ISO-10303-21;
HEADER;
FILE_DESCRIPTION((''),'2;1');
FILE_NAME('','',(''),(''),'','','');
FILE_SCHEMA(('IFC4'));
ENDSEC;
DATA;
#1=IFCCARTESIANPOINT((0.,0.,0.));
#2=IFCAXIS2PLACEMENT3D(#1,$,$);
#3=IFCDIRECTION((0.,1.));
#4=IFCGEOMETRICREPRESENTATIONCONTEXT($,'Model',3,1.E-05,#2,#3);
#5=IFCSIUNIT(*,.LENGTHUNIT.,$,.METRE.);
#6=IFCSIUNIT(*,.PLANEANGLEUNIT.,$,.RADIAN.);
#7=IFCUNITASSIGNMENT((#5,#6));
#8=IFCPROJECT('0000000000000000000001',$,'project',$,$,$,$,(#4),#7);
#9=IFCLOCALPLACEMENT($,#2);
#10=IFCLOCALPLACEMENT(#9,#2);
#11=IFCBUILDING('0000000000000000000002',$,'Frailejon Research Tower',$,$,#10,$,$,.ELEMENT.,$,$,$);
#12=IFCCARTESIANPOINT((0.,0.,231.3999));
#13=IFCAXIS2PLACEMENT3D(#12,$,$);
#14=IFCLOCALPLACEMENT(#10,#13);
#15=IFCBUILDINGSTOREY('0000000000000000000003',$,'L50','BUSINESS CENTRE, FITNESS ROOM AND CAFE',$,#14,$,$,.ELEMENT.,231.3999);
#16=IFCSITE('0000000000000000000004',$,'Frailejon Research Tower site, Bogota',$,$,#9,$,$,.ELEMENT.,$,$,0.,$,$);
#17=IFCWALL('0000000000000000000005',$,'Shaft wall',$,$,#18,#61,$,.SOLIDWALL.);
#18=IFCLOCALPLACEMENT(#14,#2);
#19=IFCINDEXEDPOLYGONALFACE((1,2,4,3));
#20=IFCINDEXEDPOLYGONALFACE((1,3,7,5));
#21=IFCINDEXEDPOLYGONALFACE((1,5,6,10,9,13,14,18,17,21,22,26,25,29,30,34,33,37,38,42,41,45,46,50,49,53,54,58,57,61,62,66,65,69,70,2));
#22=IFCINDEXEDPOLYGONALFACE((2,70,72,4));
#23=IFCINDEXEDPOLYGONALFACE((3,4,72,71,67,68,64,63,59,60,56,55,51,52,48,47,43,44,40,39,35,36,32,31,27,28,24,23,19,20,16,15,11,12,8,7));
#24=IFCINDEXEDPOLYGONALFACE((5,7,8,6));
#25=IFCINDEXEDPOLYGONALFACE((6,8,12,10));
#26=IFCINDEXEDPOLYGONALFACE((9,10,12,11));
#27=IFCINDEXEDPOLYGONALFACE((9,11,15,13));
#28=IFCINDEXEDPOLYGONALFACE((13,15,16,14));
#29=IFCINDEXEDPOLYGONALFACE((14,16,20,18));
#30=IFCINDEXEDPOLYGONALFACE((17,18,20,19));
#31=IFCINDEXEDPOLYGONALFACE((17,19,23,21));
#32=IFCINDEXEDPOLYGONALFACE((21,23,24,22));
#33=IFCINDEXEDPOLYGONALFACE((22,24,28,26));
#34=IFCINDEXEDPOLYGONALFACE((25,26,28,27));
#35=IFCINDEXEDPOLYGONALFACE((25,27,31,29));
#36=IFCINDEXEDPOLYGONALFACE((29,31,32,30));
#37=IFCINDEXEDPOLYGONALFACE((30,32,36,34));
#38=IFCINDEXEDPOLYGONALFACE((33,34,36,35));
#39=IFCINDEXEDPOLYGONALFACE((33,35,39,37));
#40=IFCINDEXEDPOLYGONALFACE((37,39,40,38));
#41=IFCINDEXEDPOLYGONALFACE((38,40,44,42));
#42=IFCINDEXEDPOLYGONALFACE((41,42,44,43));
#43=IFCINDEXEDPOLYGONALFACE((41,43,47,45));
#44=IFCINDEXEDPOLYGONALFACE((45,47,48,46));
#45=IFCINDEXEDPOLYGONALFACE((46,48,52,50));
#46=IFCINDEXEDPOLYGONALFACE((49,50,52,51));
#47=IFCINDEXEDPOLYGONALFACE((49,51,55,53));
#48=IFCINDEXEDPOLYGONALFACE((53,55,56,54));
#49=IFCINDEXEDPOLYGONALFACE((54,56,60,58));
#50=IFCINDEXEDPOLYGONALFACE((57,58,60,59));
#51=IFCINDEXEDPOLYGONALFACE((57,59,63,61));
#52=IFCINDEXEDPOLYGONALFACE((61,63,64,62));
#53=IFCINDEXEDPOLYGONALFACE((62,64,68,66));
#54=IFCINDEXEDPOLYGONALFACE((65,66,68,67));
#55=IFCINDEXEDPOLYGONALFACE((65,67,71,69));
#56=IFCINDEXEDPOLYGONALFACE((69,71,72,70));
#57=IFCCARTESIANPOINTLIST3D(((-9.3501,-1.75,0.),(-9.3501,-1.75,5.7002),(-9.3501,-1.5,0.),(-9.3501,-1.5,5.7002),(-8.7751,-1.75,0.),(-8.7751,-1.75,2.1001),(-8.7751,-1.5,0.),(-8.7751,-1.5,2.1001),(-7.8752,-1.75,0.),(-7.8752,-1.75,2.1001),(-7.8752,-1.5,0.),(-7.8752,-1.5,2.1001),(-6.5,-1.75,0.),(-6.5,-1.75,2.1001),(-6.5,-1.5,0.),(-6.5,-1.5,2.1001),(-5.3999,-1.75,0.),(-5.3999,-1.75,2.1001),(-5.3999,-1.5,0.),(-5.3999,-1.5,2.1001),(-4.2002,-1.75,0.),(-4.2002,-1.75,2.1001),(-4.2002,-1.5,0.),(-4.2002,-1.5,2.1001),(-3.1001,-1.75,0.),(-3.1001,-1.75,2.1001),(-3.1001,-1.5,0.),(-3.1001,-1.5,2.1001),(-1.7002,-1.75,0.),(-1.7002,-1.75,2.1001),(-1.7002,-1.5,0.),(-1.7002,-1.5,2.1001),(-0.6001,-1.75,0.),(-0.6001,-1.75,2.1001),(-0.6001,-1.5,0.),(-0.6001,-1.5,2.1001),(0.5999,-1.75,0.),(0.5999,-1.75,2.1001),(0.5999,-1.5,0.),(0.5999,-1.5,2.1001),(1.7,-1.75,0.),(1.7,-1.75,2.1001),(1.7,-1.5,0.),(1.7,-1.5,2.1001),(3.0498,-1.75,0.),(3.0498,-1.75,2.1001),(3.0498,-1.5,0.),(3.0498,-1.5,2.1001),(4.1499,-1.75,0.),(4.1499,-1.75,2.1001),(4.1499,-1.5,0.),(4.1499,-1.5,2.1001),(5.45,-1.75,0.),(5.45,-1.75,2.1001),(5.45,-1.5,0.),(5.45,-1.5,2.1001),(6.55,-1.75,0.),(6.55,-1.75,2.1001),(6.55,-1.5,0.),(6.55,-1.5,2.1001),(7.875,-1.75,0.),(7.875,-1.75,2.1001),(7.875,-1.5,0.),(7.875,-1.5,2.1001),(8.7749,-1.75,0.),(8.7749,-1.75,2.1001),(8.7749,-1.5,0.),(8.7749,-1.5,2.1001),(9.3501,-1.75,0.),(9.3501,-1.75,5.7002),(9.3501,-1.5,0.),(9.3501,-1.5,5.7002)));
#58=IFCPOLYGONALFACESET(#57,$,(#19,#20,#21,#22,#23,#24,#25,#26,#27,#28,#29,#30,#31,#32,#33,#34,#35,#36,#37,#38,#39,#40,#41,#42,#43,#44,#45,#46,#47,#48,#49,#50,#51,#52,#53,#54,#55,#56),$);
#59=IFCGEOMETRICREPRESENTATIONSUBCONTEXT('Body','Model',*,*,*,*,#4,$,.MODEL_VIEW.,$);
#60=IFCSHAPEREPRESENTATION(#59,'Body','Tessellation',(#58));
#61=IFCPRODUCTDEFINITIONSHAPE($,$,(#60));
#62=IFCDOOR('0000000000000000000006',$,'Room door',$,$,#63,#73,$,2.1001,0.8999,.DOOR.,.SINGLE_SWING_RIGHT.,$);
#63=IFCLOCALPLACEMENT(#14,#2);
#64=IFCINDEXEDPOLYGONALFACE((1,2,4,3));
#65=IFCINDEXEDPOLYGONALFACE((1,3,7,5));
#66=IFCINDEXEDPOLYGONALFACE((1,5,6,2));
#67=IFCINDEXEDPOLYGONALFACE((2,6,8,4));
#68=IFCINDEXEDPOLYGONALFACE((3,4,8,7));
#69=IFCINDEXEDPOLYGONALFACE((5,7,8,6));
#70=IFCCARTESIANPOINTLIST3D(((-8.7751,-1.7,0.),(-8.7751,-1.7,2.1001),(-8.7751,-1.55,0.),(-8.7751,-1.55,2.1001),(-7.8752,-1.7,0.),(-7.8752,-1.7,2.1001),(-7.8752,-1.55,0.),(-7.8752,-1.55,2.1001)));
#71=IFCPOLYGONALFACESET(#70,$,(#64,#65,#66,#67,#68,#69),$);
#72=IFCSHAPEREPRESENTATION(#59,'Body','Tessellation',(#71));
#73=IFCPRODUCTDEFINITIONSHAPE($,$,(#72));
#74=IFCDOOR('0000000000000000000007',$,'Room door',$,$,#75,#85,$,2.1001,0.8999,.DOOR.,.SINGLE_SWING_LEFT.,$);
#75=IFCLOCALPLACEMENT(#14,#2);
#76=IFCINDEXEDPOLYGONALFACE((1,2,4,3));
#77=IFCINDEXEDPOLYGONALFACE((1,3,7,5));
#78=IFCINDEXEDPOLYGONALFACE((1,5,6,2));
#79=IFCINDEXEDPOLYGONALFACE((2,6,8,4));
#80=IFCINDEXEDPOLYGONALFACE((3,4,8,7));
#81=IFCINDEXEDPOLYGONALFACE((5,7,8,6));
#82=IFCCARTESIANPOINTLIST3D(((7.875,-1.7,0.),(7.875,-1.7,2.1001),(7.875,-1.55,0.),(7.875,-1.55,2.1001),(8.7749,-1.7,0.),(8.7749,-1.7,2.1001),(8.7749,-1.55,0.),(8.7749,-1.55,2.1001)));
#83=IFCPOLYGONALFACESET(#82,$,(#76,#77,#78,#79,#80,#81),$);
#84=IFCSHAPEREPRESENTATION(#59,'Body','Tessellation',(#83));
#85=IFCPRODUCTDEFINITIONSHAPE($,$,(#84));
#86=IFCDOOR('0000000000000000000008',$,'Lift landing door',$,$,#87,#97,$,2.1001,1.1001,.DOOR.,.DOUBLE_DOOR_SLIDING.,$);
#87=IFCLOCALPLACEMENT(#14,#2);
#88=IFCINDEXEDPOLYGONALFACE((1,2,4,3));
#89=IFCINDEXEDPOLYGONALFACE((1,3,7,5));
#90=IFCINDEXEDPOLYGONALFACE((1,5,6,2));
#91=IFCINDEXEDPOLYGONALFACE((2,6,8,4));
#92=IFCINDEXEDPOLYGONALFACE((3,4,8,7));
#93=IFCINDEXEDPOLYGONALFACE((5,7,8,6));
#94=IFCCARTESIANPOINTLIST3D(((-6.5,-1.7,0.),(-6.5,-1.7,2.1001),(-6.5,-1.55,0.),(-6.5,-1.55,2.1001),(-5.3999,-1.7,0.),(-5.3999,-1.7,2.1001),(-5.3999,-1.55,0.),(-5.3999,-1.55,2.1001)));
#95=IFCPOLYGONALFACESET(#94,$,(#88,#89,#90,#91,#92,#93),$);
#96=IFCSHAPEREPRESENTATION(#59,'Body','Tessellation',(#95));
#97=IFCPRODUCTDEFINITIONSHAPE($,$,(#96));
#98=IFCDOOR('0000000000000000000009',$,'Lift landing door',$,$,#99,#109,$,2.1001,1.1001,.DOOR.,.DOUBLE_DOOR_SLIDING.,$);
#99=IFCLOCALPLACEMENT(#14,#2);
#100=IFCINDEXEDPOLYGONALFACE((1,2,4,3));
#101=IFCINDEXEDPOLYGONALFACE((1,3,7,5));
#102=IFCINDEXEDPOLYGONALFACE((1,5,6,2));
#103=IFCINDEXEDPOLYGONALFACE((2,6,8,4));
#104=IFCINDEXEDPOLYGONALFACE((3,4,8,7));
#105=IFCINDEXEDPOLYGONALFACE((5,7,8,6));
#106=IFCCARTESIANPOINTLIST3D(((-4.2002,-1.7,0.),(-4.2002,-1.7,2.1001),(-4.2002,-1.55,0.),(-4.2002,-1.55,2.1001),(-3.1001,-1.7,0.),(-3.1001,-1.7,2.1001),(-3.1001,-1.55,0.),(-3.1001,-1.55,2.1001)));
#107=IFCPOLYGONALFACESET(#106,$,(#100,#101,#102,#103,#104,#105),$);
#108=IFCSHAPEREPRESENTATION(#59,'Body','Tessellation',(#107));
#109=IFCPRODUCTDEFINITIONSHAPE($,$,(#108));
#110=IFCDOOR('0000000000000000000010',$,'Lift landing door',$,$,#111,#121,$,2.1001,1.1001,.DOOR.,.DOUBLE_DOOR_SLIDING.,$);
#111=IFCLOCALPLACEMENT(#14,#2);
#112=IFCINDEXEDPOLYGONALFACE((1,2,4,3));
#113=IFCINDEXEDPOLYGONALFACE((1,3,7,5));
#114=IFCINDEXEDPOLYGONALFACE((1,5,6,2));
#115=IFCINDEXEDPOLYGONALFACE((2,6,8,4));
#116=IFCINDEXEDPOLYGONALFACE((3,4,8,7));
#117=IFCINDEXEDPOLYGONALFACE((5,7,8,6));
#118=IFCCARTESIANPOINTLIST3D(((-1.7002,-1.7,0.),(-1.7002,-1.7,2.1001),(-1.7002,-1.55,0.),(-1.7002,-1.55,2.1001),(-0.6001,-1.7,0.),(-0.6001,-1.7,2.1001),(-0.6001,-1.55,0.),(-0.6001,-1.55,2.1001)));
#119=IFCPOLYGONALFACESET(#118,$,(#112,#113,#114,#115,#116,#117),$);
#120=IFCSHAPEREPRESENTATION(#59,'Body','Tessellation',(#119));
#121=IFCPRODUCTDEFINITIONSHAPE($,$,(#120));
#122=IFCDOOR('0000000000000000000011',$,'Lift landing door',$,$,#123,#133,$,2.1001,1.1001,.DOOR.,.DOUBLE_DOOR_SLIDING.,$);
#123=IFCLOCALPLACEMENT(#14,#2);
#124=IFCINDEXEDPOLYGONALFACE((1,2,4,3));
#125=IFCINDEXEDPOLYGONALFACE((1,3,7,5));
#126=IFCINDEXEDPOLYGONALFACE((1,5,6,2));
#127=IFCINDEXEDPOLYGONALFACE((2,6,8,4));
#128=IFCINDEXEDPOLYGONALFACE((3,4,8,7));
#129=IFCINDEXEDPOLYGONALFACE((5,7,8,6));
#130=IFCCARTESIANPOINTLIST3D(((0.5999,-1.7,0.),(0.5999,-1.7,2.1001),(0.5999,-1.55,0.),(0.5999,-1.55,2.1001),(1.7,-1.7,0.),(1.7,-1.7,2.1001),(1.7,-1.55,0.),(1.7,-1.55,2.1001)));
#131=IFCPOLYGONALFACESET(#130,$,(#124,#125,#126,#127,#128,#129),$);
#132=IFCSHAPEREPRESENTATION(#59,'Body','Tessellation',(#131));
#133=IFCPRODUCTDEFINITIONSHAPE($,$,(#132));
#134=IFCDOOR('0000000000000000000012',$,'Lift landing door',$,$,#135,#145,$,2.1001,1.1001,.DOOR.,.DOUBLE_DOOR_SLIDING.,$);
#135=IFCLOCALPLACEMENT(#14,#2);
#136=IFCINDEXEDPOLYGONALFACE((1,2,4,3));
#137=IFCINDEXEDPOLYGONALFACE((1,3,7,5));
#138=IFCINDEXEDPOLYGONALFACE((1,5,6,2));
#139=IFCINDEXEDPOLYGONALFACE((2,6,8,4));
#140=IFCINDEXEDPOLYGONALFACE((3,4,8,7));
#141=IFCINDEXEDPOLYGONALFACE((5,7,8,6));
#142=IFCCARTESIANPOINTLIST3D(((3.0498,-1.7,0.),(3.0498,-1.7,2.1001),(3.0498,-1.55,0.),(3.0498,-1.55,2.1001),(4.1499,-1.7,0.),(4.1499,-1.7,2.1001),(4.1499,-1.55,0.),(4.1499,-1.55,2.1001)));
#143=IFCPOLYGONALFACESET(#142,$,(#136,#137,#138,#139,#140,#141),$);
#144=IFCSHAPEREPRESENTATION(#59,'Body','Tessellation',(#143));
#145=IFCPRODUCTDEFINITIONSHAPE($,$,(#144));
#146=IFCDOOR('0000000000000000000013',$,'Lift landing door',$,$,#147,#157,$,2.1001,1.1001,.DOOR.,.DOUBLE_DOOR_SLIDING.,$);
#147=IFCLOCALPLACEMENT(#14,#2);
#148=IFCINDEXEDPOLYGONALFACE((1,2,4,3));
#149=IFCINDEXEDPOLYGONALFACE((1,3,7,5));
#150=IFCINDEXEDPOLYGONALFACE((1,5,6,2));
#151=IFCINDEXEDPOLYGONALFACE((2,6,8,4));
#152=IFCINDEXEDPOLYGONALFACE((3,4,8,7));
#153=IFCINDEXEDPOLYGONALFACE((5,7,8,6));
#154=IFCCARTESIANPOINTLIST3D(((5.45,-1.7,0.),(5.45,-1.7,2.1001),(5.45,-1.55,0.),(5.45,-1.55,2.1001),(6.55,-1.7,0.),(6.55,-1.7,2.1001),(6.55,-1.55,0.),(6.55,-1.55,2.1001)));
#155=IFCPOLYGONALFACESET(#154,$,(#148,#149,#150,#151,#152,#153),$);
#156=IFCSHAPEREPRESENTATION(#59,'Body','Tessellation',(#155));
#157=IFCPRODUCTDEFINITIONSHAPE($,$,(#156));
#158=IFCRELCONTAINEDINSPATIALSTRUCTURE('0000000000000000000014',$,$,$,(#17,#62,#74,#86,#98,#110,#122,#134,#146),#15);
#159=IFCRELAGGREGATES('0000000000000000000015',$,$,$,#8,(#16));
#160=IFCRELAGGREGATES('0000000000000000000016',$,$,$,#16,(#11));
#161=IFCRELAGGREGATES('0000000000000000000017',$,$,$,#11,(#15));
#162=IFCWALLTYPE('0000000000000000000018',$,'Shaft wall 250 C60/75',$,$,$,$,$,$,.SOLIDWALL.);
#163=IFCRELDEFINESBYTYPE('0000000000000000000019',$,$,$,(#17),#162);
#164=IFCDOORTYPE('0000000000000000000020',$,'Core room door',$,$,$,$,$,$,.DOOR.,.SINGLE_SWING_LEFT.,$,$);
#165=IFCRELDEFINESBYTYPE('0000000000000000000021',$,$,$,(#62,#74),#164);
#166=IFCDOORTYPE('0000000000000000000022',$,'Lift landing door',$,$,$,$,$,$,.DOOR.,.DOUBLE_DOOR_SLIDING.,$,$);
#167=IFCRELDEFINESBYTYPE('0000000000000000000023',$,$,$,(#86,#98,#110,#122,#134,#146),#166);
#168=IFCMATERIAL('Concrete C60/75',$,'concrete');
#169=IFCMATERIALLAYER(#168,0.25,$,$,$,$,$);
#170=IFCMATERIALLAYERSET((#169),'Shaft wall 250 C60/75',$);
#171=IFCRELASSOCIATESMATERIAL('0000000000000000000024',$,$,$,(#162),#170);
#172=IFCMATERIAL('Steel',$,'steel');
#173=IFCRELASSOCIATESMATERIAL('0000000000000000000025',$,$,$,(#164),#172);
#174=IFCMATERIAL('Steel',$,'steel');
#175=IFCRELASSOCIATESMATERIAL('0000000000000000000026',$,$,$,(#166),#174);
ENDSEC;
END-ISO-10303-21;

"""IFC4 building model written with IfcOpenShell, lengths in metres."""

from ifc_helpers import new_model, si_unit, direction, frame, frame_2d, origin, place, context, subcontext, project, spatial, rectangle, extrude, material, layer, layer_set, type_object, element, fill, save


model = new_model("IFC4")

# Units and contexts
model_context = context("Model", 3, precision=1e-05, world=origin(), true_north=direction((0.0, 1.0)))
body_context = subcontext(model_context, "Body", "Model", "MODEL_VIEW")
ifc_project = project(units=[si_unit("LENGTHUNIT", "METRE"), si_unit("PLANEANGLEUNIT", "RADIAN")], contexts=[model_context])

# Site, building, storey
site_placement = place(None, origin())
site = spatial("IfcSite", under=ifc_project, at=site_placement, Name="Frailejon Research Tower site, Bogota", CompositionType="ELEMENT", RefElevation=0.0)
building_placement = place(site_placement, origin())
building = spatial("IfcBuilding", under=site, at=building_placement, Name="Frailejon Research Tower", CompositionType="ELEMENT")
storey_placement = place(building_placement, frame((0.0, 0.0, 231.3999)))
storey = spatial("IfcBuildingStorey", under=building, at=storey_placement, Name="L50", Description="BUSINESS CENTRE, FITNESS ROOM AND CAFE", CompositionType="ELEMENT", Elevation=231.3999)

# Wall, openings, doors
ifc_material_1 = material(Name="Concrete C60/75", Category="concrete")
ifc_layer_1 = layer(ifc_material_1, 0.25)
ifc_layer_set_1 = layer_set([ifc_layer_1], Name="Shaft wall 250 C60/75")
wall_type_1 = type_object("IfcWallType", Name="Shaft wall 250 C60/75", PredefinedType="SOLIDWALL", material=ifc_layer_set_1)
ifc_material_2 = material(Name="Steel", Category="steel")
door_type_1 = type_object("IfcDoorType", Name="Core room door", OperationType="SINGLE_SWING_LEFT", PredefinedType="DOOR", material=ifc_material_2)
wall_1_placement = place(storey_placement, frame((-9.3501, -1.625, 0.0), z_axis=(0.0, 0.0, 1.0), x_axis=(1.0, 0.0, 0.0)))
wall_1 = element("IfcWall", 1, at=wall_1_placement, inside=storey, type_object=wall_type_1, Name="Shaft wall", PredefinedType="SOLIDWALL", context=body_context, shape_type="SweptSolid", body=[
    extrude(rectangle(XDim=18.7002, YDim=0.25, at=frame_2d((9.3501, 0.0))), origin(), (0.0, 0.0, 1.0), 5.7002),
])
opening_1_placement = place(wall_1_placement, frame((2.8501, 0.0, 0.0)))
opening_1 = element("IfcOpeningElement", 2, at=opening_1_placement, cuts=wall_1, PredefinedType="OPENING", context=body_context, shape_type="SweptSolid", body=[
    extrude(rectangle(XDim=1.1001, YDim=2.1001, at=frame_2d((0.55, 1.05))), frame((0.0, 0.135, 0.0), z_axis=(0.0, -1.0, 0.0), x_axis=(1.0, 0.0, 0.0)), (0.0, 0.0, 1.0), 0.27),
])
opening_2_placement = place(wall_1_placement, frame((5.1499, 0.0, 0.0)))
opening_2 = element("IfcOpeningElement", 3, at=opening_2_placement, cuts=wall_1, PredefinedType="OPENING", context=body_context, shape_type="SweptSolid", body=[
    extrude(rectangle(XDim=1.1001, YDim=2.1001, at=frame_2d((0.55, 1.05))), frame((0.0, 0.135, 0.0), z_axis=(0.0, -1.0, 0.0), x_axis=(1.0, 0.0, 0.0)), (0.0, 0.0, 1.0), 0.27),
])
opening_3_placement = place(wall_1_placement, frame((7.6499, 0.0, 0.0)))
opening_3 = element("IfcOpeningElement", 4, at=opening_3_placement, cuts=wall_1, PredefinedType="OPENING", context=body_context, shape_type="SweptSolid", body=[
    extrude(rectangle(XDim=1.1001, YDim=2.1001, at=frame_2d((0.55, 1.05))), frame((0.0, 0.135, 0.0), z_axis=(0.0, -1.0, 0.0), x_axis=(1.0, 0.0, 0.0)), (0.0, 0.0, 1.0), 0.27),
])
opening_4_placement = place(wall_1_placement, frame((9.95, 0.0, 0.0)))
opening_4 = element("IfcOpeningElement", 5, at=opening_4_placement, cuts=wall_1, PredefinedType="OPENING", context=body_context, shape_type="SweptSolid", body=[
    extrude(rectangle(XDim=1.1001, YDim=2.1001, at=frame_2d((0.55, 1.05))), frame((0.0, 0.135, 0.0), z_axis=(0.0, -1.0, 0.0), x_axis=(1.0, 0.0, 0.0)), (0.0, 0.0, 1.0), 0.27),
])
opening_5_placement = place(wall_1_placement, frame((12.3999, 0.0, 0.0)))
opening_5 = element("IfcOpeningElement", 6, at=opening_5_placement, cuts=wall_1, PredefinedType="OPENING", context=body_context, shape_type="SweptSolid", body=[
    extrude(rectangle(XDim=1.1001, YDim=2.1001, at=frame_2d((0.55, 1.05))), frame((0.0, 0.135, 0.0), z_axis=(0.0, -1.0, 0.0), x_axis=(1.0, 0.0, 0.0)), (0.0, 0.0, 1.0), 0.27),
])
opening_6_placement = place(wall_1_placement, frame((14.8, 0.0, 0.0)))
opening_6 = element("IfcOpeningElement", 7, at=opening_6_placement, cuts=wall_1, PredefinedType="OPENING", context=body_context, shape_type="SweptSolid", body=[
    extrude(rectangle(XDim=1.1001, YDim=2.1001, at=frame_2d((0.55, 1.05))), frame((0.0, 0.135, 0.0), z_axis=(0.0, -1.0, 0.0), x_axis=(1.0, 0.0, 0.0)), (0.0, 0.0, 1.0), 0.27),
])
opening_7_placement = place(wall_1_placement, frame((0.575, 0.0, 0.0)))
opening_7 = element("IfcOpeningElement", 8, at=opening_7_placement, cuts=wall_1, PredefinedType="OPENING", context=body_context, shape_type="SweptSolid", body=[
    extrude(rectangle(XDim=0.8999, YDim=2.1001, at=frame_2d((0.45, 1.05))), frame((0.0, 0.135, 0.0), z_axis=(0.0, -1.0, 0.0), x_axis=(1.0, 0.0, 0.0)), (0.0, 0.0, 1.0), 0.27),
])
opening_8_placement = place(wall_1_placement, frame((17.2251, 0.0, 0.0)))
opening_8 = element("IfcOpeningElement", 9, at=opening_8_placement, cuts=wall_1, PredefinedType="OPENING", context=body_context, shape_type="SweptSolid", body=[
    extrude(rectangle(XDim=0.8999, YDim=2.1001, at=frame_2d((0.45, 1.05))), frame((0.0, 0.135, 0.0), z_axis=(0.0, -1.0, 0.0), x_axis=(1.0, 0.0, 0.0)), (0.0, 0.0, 1.0), 0.27),
])
door_1_placement = place(opening_7_placement, origin())
door_1 = element("IfcDoor", 10, at=door_1_placement, inside=storey, type_object=door_type_1, Name="Room door", OperationType="SINGLE_SWING_RIGHT", OverallHeight=2.1001, OverallWidth=0.8999, PredefinedType="DOOR", context=body_context, shape_type="SweptSolid", body=[
    extrude(rectangle(XDim=0.8999, YDim=2.1001, at=frame_2d((0.45, 1.05))), frame((0.0, 0.075, 0.0), z_axis=(0.0, -1.0, 0.0), x_axis=(1.0, 0.0, 0.0)), (0.0, 0.0, 1.0), 0.1499),
])
fill(opening_7, door_1)
door_2_placement = place(opening_8_placement, origin())
door_2 = element("IfcDoor", 11, at=door_2_placement, inside=storey, type_object=door_type_1, Name="Room door", OperationType="SINGLE_SWING_LEFT", OverallHeight=2.1001, OverallWidth=0.8999, PredefinedType="DOOR", context=body_context, shape_type="SweptSolid", body=[
    extrude(rectangle(XDim=0.8999, YDim=2.1001, at=frame_2d((0.45, 1.05))), frame((0.0, 0.075, 0.0), z_axis=(0.0, -1.0, 0.0), x_axis=(1.0, 0.0, 0.0)), (0.0, 0.0, 1.0), 0.1499),
])
fill(opening_8, door_2)
ifc_material_3 = material(Name="Steel", Category="steel")
door_type_2 = type_object("IfcDoorType", Name="Lift landing door", OperationType="DOUBLE_DOOR_SLIDING", PredefinedType="DOOR", material=ifc_material_3)
door_3_placement = place(opening_1_placement, origin())
door_3 = element("IfcDoor", 12, at=door_3_placement, inside=storey, type_object=door_type_2, Name="Lift landing door", OperationType="DOUBLE_DOOR_SLIDING", OverallHeight=2.1001, OverallWidth=1.1001, PredefinedType="DOOR", context=body_context, shape_type="SweptSolid", body=[
    extrude(rectangle(XDim=1.1001, YDim=2.1001, at=frame_2d((0.55, 1.05))), frame((0.0, 0.075, 0.0), z_axis=(0.0, -1.0, 0.0), x_axis=(1.0, 0.0, 0.0)), (0.0, 0.0, 1.0), 0.1499),
])
fill(opening_1, door_3)
door_4_placement = place(opening_2_placement, origin())
door_4 = element("IfcDoor", 13, at=door_4_placement, inside=storey, type_object=door_type_2, Name="Lift landing door", OperationType="DOUBLE_DOOR_SLIDING", OverallHeight=2.1001, OverallWidth=1.1001, PredefinedType="DOOR", context=body_context, shape_type="SweptSolid", body=[
    extrude(rectangle(XDim=1.1001, YDim=2.1001, at=frame_2d((0.55, 1.05))), frame((0.0, 0.075, 0.0), z_axis=(0.0, -1.0, 0.0), x_axis=(1.0, 0.0, 0.0)), (0.0, 0.0, 1.0), 0.1499),
])
fill(opening_2, door_4)
door_5_placement = place(opening_3_placement, origin())
door_5 = element("IfcDoor", 14, at=door_5_placement, inside=storey, type_object=door_type_2, Name="Lift landing door", OperationType="DOUBLE_DOOR_SLIDING", OverallHeight=2.1001, OverallWidth=1.1001, PredefinedType="DOOR", context=body_context, shape_type="SweptSolid", body=[
    extrude(rectangle(XDim=1.1001, YDim=2.1001, at=frame_2d((0.55, 1.05))), frame((0.0, 0.075, 0.0), z_axis=(0.0, -1.0, 0.0), x_axis=(1.0, 0.0, 0.0)), (0.0, 0.0, 1.0), 0.1499),
])
fill(opening_3, door_5)
door_6_placement = place(opening_4_placement, origin())
door_6 = element("IfcDoor", 15, at=door_6_placement, inside=storey, type_object=door_type_2, Name="Lift landing door", OperationType="DOUBLE_DOOR_SLIDING", OverallHeight=2.1001, OverallWidth=1.1001, PredefinedType="DOOR", context=body_context, shape_type="SweptSolid", body=[
    extrude(rectangle(XDim=1.1001, YDim=2.1001, at=frame_2d((0.55, 1.05))), frame((0.0, 0.075, 0.0), z_axis=(0.0, -1.0, 0.0), x_axis=(1.0, 0.0, 0.0)), (0.0, 0.0, 1.0), 0.1499),
])
fill(opening_4, door_6)
door_7_placement = place(opening_5_placement, origin())
door_7 = element("IfcDoor", 16, at=door_7_placement, inside=storey, type_object=door_type_2, Name="Lift landing door", OperationType="DOUBLE_DOOR_SLIDING", OverallHeight=2.1001, OverallWidth=1.1001, PredefinedType="DOOR", context=body_context, shape_type="SweptSolid", body=[
    extrude(rectangle(XDim=1.1001, YDim=2.1001, at=frame_2d((0.55, 1.05))), frame((0.0, 0.075, 0.0), z_axis=(0.0, -1.0, 0.0), x_axis=(1.0, 0.0, 0.0)), (0.0, 0.0, 1.0), 0.1499),
])
fill(opening_5, door_7)
door_8_placement = place(opening_6_placement, origin())
door_8 = element("IfcDoor", 17, at=door_8_placement, inside=storey, type_object=door_type_2, Name="Lift landing door", OperationType="DOUBLE_DOOR_SLIDING", OverallHeight=2.1001, OverallWidth=1.1001, PredefinedType="DOOR", context=body_context, shape_type="SweptSolid", body=[
    extrude(rectangle(XDim=1.1001, YDim=2.1001, at=frame_2d((0.55, 1.05))), frame((0.0, 0.075, 0.0), z_axis=(0.0, -1.0, 0.0), x_axis=(1.0, 0.0, 0.0)), (0.0, 0.0, 1.0), 0.1499),
])
fill(opening_6, door_8)

save(model, "model.ifc")
